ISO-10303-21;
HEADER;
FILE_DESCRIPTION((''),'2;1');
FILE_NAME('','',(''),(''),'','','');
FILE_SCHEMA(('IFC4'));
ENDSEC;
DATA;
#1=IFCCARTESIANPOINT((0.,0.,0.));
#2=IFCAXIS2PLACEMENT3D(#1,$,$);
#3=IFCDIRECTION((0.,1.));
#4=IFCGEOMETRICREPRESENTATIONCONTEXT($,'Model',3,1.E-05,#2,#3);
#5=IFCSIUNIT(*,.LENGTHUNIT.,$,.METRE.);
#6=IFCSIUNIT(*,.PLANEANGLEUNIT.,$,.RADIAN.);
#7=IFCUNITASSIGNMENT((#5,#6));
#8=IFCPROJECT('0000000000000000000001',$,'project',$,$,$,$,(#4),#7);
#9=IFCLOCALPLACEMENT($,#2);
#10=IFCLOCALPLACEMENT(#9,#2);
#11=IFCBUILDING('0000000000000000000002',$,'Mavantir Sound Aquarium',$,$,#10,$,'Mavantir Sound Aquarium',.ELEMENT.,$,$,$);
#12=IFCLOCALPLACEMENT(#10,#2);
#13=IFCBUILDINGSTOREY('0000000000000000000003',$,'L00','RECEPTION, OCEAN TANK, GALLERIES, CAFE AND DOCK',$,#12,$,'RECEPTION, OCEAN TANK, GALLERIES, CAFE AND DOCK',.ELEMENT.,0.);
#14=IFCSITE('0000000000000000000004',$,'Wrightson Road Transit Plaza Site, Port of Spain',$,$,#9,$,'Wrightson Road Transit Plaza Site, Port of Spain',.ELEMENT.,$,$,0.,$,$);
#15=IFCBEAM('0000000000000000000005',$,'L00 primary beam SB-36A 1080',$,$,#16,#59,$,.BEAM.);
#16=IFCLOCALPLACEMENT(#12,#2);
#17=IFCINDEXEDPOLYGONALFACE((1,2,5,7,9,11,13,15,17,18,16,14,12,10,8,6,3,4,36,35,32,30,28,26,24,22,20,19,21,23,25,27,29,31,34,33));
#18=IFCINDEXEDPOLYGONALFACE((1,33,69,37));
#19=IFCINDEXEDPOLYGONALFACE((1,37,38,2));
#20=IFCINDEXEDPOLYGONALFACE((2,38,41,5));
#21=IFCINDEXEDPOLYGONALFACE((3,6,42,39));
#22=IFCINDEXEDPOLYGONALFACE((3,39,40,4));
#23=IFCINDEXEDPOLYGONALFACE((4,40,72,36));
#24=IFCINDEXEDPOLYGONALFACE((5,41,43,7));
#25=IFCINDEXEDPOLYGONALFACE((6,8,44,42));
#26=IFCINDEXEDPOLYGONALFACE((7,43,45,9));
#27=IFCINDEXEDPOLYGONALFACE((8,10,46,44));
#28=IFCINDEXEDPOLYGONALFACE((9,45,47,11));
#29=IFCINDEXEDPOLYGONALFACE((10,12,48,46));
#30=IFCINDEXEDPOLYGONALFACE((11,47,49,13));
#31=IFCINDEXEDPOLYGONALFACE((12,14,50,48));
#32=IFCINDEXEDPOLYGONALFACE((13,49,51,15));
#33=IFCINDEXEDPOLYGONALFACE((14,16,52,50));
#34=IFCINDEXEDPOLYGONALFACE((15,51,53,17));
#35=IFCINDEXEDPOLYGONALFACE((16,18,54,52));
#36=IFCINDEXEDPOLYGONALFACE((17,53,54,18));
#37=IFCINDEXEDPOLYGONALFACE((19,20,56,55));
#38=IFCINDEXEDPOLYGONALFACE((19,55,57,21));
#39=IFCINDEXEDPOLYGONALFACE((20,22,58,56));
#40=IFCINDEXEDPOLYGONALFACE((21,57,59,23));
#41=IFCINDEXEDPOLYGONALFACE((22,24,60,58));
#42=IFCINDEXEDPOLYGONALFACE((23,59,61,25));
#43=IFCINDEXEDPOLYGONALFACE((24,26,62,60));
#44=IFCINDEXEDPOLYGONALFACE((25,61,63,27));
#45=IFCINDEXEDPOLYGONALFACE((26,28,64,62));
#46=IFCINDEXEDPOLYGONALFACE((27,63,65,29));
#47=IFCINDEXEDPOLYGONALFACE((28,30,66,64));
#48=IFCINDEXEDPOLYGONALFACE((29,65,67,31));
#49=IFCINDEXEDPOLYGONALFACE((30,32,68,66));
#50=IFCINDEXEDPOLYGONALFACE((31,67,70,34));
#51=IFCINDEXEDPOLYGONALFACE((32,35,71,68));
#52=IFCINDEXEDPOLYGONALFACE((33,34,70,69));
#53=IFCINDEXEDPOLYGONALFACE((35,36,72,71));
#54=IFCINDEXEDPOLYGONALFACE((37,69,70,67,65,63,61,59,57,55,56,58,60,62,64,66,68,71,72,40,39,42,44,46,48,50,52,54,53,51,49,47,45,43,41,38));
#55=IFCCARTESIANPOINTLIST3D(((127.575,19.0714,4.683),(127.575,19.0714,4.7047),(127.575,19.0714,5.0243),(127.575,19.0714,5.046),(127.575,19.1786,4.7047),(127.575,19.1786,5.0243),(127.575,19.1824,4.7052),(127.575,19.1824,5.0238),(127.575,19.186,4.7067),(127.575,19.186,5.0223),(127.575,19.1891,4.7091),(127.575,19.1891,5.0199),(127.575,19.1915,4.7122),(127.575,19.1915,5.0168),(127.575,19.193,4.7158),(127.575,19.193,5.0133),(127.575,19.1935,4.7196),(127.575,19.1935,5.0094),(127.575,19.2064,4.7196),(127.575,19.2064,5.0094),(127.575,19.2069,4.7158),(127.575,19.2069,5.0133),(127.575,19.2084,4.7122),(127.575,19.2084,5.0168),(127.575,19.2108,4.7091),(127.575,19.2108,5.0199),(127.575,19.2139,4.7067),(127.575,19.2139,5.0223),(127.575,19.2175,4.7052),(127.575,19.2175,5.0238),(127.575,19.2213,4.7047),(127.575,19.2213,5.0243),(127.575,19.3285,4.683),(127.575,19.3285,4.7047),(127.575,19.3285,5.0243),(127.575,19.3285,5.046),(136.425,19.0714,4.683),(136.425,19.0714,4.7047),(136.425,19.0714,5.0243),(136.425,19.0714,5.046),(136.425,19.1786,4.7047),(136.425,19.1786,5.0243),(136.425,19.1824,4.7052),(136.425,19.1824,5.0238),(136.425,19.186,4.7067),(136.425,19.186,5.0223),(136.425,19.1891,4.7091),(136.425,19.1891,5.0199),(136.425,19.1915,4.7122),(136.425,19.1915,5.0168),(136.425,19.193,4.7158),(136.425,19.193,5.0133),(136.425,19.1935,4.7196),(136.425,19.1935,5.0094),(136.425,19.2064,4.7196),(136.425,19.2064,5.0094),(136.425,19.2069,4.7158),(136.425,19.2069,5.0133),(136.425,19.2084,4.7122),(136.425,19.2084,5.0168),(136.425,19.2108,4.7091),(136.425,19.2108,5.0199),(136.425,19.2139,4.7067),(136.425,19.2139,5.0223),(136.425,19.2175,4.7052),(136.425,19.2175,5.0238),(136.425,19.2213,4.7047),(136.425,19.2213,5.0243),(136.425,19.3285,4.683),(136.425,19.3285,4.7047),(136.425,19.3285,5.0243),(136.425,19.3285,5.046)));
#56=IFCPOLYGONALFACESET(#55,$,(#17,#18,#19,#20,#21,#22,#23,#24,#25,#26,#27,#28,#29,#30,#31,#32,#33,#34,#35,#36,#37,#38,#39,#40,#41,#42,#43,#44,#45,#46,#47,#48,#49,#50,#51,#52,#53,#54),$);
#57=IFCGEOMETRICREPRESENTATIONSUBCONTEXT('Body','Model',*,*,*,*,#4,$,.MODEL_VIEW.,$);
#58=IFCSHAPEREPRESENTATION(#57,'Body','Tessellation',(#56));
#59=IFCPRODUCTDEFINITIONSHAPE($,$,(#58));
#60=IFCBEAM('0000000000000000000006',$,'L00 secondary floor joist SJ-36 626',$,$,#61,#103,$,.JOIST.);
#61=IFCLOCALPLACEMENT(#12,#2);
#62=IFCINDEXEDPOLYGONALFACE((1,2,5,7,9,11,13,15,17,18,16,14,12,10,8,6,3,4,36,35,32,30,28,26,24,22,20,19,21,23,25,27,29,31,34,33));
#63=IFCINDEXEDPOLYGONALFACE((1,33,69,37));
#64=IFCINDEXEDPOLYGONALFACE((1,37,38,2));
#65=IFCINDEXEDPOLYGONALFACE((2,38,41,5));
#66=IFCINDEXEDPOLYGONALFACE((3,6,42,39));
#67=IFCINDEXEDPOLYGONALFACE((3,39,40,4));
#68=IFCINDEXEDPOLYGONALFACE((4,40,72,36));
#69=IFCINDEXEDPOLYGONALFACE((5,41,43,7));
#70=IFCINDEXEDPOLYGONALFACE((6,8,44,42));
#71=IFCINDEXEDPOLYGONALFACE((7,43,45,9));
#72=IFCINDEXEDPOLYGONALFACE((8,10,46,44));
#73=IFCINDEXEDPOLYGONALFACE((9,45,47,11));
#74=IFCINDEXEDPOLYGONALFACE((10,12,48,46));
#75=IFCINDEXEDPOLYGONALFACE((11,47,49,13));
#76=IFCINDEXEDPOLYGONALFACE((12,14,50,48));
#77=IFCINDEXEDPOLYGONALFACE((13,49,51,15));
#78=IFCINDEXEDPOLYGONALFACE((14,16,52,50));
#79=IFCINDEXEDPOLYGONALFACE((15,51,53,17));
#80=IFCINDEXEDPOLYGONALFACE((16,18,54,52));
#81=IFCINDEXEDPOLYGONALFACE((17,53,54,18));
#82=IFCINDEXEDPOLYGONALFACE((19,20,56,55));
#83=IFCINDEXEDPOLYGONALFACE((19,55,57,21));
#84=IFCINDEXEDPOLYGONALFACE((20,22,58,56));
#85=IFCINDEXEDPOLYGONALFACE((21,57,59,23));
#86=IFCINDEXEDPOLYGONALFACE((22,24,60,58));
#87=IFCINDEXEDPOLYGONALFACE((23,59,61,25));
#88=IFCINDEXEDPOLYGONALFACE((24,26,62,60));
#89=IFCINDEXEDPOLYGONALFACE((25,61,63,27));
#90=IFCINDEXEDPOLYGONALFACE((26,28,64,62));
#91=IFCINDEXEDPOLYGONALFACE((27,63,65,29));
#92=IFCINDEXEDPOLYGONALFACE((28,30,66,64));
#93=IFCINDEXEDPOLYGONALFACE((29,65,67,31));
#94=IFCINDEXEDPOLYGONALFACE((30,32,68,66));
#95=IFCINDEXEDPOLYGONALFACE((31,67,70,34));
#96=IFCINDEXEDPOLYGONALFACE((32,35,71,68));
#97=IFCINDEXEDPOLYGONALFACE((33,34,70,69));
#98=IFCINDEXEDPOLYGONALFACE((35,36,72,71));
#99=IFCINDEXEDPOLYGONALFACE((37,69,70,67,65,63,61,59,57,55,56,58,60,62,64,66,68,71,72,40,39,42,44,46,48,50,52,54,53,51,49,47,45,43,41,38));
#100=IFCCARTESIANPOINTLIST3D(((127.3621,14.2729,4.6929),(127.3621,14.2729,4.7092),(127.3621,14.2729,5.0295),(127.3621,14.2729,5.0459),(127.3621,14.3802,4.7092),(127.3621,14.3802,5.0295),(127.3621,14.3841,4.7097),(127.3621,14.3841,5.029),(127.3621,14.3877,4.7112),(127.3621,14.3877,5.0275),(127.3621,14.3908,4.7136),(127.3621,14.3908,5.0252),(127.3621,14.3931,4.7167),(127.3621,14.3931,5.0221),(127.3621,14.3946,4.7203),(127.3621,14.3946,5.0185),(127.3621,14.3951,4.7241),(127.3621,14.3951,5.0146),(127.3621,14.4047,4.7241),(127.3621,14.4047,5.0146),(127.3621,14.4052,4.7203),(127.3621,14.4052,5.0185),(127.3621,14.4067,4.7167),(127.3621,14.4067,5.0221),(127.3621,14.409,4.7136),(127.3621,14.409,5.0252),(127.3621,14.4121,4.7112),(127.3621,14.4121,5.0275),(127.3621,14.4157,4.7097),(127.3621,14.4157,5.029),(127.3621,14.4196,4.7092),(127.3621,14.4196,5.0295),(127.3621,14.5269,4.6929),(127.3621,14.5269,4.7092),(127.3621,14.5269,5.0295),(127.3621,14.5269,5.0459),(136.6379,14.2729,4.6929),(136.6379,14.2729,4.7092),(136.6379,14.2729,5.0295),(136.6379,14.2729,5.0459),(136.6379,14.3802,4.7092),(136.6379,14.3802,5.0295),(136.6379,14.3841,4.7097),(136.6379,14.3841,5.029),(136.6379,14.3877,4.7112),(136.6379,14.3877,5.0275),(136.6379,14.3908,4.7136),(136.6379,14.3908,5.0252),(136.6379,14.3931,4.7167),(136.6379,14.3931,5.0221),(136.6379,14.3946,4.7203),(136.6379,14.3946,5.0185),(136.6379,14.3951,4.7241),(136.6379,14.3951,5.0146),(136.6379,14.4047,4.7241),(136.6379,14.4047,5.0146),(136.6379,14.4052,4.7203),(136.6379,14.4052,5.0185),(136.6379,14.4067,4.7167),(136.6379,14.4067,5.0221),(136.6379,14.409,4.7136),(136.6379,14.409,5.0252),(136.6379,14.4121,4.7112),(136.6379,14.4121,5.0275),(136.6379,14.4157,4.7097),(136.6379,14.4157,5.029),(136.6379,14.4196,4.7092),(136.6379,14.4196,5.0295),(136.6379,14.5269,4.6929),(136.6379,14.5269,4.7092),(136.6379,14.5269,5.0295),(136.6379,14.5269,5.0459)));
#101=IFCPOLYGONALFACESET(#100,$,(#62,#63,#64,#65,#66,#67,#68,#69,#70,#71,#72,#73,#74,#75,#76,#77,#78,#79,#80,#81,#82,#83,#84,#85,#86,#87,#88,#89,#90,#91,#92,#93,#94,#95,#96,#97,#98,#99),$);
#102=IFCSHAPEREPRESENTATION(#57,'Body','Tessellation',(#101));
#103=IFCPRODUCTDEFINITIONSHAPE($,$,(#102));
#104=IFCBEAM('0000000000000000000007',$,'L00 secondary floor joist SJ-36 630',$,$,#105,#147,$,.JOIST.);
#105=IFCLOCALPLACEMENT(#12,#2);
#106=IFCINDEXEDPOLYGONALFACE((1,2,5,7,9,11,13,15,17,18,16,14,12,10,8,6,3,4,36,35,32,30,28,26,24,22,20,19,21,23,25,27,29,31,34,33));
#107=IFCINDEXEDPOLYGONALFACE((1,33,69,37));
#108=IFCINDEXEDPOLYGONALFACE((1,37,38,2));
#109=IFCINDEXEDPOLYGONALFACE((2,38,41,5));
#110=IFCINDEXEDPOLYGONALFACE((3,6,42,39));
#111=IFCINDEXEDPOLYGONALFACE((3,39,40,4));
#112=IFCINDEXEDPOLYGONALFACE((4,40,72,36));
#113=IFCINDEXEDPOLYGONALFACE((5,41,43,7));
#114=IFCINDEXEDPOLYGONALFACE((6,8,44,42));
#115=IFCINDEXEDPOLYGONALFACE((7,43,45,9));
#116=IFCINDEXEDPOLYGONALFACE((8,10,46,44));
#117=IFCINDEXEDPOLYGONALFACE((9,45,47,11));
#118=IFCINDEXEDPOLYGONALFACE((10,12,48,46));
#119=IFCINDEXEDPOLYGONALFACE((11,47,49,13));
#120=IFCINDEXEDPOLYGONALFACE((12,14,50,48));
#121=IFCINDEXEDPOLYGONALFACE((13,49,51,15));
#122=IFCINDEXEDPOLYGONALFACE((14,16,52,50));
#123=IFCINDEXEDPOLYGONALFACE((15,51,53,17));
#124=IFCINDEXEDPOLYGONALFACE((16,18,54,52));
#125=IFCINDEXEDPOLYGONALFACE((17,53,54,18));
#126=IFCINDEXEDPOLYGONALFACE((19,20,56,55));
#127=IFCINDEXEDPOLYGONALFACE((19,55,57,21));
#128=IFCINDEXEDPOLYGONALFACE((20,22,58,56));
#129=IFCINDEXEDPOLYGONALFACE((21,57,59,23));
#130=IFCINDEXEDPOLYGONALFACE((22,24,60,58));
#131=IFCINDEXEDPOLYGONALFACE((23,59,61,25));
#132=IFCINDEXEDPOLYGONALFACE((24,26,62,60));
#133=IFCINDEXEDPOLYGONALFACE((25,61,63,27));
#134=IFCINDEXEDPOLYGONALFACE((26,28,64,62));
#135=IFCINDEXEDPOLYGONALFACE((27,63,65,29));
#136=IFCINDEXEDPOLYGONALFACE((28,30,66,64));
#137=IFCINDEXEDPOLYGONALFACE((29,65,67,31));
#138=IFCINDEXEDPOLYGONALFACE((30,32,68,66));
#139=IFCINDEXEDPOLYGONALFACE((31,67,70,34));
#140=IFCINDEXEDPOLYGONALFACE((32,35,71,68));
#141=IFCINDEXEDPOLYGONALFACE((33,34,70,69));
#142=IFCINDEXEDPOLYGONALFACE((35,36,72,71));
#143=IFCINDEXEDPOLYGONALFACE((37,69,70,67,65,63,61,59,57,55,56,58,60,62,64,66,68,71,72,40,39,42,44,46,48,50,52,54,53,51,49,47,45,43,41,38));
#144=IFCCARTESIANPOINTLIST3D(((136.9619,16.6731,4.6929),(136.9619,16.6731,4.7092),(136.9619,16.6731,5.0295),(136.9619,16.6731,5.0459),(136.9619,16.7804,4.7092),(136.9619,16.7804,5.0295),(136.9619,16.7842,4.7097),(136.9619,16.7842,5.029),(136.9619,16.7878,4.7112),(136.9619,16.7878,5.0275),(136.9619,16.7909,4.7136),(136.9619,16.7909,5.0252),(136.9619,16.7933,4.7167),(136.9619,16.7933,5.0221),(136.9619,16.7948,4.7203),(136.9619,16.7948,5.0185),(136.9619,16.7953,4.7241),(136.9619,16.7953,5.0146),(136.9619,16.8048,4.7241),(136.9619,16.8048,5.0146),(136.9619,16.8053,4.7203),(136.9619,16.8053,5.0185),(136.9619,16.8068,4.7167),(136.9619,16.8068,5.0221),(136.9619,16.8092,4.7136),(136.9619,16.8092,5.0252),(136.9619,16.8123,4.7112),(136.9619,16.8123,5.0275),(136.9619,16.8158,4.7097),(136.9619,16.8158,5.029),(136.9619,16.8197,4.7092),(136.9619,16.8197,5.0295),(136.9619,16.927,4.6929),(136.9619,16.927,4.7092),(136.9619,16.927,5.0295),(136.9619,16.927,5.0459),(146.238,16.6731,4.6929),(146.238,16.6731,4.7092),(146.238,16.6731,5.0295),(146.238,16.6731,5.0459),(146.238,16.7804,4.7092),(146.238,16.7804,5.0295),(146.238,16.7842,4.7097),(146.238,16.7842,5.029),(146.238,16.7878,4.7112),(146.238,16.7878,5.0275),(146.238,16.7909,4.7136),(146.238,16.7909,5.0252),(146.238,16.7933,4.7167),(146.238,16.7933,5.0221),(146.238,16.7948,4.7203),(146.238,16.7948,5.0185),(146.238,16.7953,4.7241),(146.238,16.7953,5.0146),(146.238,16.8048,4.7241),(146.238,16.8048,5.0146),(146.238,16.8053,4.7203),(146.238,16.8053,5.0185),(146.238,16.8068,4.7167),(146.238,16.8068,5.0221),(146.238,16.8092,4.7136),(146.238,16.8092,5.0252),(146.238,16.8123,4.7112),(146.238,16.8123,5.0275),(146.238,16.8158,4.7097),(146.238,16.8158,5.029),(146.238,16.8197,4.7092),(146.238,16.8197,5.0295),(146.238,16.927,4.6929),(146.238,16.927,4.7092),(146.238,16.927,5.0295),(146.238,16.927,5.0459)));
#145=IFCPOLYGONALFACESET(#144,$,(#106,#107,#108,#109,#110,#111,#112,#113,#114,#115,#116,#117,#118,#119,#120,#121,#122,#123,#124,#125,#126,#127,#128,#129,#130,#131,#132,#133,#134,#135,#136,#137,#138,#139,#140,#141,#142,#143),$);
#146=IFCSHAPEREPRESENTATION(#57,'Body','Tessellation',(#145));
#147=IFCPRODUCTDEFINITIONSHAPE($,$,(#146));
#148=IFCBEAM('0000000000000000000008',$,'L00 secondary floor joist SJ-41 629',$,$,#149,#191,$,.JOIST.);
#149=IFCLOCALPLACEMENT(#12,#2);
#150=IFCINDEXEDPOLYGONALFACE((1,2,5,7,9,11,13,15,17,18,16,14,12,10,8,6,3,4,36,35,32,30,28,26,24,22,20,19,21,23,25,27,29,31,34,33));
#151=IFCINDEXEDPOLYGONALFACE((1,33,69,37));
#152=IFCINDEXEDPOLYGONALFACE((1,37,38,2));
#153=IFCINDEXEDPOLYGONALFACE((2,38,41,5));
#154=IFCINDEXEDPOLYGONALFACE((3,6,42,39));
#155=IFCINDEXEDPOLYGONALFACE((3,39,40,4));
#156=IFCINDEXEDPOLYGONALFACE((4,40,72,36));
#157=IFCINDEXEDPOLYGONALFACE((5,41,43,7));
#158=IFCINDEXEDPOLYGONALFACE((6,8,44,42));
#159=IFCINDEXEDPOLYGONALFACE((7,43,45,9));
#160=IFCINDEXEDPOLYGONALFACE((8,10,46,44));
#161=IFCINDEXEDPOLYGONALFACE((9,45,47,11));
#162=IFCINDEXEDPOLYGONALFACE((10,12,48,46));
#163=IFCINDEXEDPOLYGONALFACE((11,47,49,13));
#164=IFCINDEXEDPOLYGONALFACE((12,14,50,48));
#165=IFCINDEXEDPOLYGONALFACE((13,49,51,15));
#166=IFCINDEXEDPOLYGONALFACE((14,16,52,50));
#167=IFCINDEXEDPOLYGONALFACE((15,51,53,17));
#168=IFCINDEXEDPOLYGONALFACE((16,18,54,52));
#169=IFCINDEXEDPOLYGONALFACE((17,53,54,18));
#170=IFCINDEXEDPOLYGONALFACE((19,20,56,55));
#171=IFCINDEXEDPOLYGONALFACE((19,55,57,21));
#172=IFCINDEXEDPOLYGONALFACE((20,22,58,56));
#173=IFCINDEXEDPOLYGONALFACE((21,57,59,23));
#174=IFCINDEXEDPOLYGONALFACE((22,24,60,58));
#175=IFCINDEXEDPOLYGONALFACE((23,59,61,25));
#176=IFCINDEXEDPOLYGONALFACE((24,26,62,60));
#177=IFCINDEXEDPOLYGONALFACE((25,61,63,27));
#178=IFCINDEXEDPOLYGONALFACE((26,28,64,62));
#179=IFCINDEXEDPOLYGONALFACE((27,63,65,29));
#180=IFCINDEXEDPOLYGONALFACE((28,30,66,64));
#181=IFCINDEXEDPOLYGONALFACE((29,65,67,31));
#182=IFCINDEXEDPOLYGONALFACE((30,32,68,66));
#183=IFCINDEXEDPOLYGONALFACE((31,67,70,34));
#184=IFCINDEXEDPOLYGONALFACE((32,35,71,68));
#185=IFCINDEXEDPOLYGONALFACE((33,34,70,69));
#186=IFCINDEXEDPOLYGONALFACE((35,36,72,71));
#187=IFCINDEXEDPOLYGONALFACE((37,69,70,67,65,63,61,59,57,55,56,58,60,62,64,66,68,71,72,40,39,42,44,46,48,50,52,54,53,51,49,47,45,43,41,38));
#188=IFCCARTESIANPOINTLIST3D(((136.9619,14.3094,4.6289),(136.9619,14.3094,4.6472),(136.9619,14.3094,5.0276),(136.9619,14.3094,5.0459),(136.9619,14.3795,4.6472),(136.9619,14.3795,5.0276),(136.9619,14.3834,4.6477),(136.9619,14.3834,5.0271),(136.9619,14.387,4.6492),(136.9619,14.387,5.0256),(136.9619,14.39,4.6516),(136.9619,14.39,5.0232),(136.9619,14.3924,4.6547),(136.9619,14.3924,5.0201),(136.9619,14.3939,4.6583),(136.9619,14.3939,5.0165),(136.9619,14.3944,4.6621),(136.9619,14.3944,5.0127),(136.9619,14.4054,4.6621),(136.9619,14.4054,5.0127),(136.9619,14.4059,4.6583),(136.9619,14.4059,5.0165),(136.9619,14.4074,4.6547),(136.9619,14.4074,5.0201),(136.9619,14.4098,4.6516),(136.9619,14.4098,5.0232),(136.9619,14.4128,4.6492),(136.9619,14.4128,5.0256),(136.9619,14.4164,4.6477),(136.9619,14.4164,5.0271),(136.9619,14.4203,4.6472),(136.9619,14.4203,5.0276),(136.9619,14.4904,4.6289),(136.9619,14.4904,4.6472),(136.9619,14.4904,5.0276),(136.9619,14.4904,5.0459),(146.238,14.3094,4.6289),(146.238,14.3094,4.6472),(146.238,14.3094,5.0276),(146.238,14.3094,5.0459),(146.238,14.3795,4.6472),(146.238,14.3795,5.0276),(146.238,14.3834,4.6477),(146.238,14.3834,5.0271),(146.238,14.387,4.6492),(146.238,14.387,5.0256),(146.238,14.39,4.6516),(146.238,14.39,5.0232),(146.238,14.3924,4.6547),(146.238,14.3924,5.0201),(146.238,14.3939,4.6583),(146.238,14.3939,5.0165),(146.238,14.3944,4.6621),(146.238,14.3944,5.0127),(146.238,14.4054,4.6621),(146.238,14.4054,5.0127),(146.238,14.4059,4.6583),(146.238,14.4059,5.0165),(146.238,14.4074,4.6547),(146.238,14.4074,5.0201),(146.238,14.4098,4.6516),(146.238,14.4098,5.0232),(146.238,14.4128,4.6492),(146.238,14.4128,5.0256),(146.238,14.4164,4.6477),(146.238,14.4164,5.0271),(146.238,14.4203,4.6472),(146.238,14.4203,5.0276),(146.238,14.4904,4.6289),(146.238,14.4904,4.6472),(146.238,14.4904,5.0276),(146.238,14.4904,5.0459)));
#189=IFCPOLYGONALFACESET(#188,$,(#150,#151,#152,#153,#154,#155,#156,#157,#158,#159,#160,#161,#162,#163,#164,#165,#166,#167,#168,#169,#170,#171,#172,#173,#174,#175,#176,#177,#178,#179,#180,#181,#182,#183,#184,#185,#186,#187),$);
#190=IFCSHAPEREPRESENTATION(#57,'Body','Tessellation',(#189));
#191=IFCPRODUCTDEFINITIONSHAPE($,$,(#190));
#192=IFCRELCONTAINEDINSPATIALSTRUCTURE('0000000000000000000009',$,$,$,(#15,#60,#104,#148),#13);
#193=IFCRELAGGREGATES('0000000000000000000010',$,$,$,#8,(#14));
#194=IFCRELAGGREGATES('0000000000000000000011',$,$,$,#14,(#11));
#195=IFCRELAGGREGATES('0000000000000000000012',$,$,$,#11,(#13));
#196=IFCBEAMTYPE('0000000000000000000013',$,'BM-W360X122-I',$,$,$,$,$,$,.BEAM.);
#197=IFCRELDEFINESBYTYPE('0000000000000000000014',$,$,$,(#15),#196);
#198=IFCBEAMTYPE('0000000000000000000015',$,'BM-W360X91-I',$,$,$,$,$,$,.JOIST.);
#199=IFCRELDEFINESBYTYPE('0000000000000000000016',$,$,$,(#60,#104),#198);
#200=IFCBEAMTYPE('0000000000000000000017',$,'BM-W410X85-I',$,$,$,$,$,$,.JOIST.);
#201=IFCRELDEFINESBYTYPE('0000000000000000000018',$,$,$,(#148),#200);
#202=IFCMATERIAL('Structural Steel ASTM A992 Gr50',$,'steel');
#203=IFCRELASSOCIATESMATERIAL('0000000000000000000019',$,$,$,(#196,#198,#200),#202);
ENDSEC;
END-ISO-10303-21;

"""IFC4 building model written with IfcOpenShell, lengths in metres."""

from ifc_helpers import new_model, si_unit, direction, frame, origin, origin_2d, place, context, subcontext, project, spatial, i_section, extrude, material, material_profile, profile_set, type_object, element, save


model = new_model("IFC4")

# Units and contexts
model_context = context("Model", 3, precision=1e-05, world=origin(), true_north=direction((0.0, 1.0)))
body_context = subcontext(model_context, "Body", "Model", "MODEL_VIEW")
ifc_project = project(units=[si_unit("LENGTHUNIT", "METRE"), si_unit("PLANEANGLEUNIT", "RADIAN")], contexts=[model_context])

# Site, building, storey
site_placement = place(None, origin())
site = spatial("IfcSite", under=ifc_project, at=site_placement, Name="Wrightson Road Transit Plaza Site, Port of Spain", LongName="Wrightson Road Transit Plaza Site, Port of Spain", CompositionType="ELEMENT", RefElevation=0.0)
building_placement = place(site_placement, origin())
building = spatial("IfcBuilding", under=site, at=building_placement, Name="Mavantir Sound Aquarium", LongName="Mavantir Sound Aquarium", CompositionType="ELEMENT")
storey_placement = place(building_placement, origin())
storey = spatial("IfcBuildingStorey", under=building, at=storey_placement, Name="L00", Description="RECEPTION, OCEAN TANK, GALLERIES, CAFE AND DOCK", LongName="RECEPTION, OCEAN TANK, GALLERIES, CAFE AND DOCK", CompositionType="ELEMENT", Elevation=0.0)

# Beams
ifc_material_1 = material(Name="Structural Steel ASTM A992 Gr50", Category="steel")
ifc_material_profile_1 = material_profile(ifc_material_1, i_section(OverallWidth=0.2571, OverallDepth=0.363, WebThickness=0.0129, FlangeThickness=0.0217, FilletRadius=0.0149, at=origin_2d()), Name="W360X122")
ifc_profile_set_1 = profile_set([ifc_material_profile_1], Name="Structural Steel ASTM A992 Gr50")
beam_type_1 = type_object("IfcBeamType", Name="BM-W360X122-I", PredefinedType="BEAM", material=ifc_profile_set_1)
beam_1_placement = place(storey_placement, frame((127.575, 19.2, 4.8645), z_axis=(1.0, 0.0, 0.0), x_axis=(0.0, 1.0, 0.0)))
element("IfcBeam", 1, at=beam_1_placement, inside=storey, type_object=beam_type_1, Name="L00 primary beam SB-36A 1080", PredefinedType="BEAM", context=body_context, shape_type="SweptSolid", body=[
    extrude(i_section(OverallWidth=0.2571, OverallDepth=0.363, WebThickness=0.0129, FlangeThickness=0.0217, FilletRadius=0.0149, at=origin_2d()), origin(), (0.0, 0.0, 1.0), 8.8501),
])
ifc_material_profile_2 = material_profile(ifc_material_1, i_section(OverallWidth=0.2539, OverallDepth=0.353, WebThickness=0.0095, FlangeThickness=0.0164, FilletRadius=0.0149, at=origin_2d()), Name="W360X91")
ifc_profile_set_2 = profile_set([ifc_material_profile_2], Name="Structural Steel ASTM A992 Gr50")
beam_type_2 = type_object("IfcBeamType", Name="BM-W360X91-I", PredefinedType="JOIST", material=ifc_profile_set_2)
beam_2_placement = place(storey_placement, frame((127.3621, 14.3999, 4.8694), z_axis=(1.0, 0.0, 0.0), x_axis=(0.0, 1.0, 0.0)))
element("IfcBeam", 2, at=beam_2_placement, inside=storey, type_object=beam_type_2, Name="L00 secondary floor joist SJ-36 626", PredefinedType="JOIST", context=body_context, shape_type="SweptSolid", body=[
    extrude(i_section(OverallWidth=0.2539, OverallDepth=0.353, WebThickness=0.0095, FlangeThickness=0.0164, FilletRadius=0.0149, at=origin_2d()), origin(), (0.0, 0.0, 1.0), 9.2759),
])
beam_3_placement = place(storey_placement, frame((136.9619, 16.8, 4.8694), z_axis=(1.0, 0.0, 0.0), x_axis=(0.0, 1.0, 0.0)))
element("IfcBeam", 3, at=beam_3_placement, inside=storey, type_object=beam_type_2, Name="L00 secondary floor joist SJ-36 630", PredefinedType="JOIST", context=body_context, shape_type="SweptSolid", body=[
    extrude(i_section(OverallWidth=0.2539, OverallDepth=0.353, WebThickness=0.0095, FlangeThickness=0.0164, FilletRadius=0.0149, at=origin_2d()), origin(), (0.0, 0.0, 1.0), 9.2761),
])
ifc_material_profile_3 = material_profile(ifc_material_1, i_section(OverallWidth=0.1809, OverallDepth=0.417, WebThickness=0.011, FlangeThickness=0.0183, FilletRadius=0.0149, at=origin_2d()), Name="W410X85")
ifc_profile_set_3 = profile_set([ifc_material_profile_3], Name="Structural Steel ASTM A992 Gr50")
beam_type_3 = type_object("IfcBeamType", Name="BM-W410X85-I", PredefinedType="JOIST", material=ifc_profile_set_3)
beam_4_placement = place(storey_placement, frame((136.9619, 14.3999, 4.8374), z_axis=(1.0, 0.0, 0.0), x_axis=(0.0, 1.0, 0.0)))
element("IfcBeam", 4, at=beam_4_placement, inside=storey, type_object=beam_type_3, Name="L00 secondary floor joist SJ-41 629", PredefinedType="JOIST", context=body_context, shape_type="SweptSolid", body=[
    extrude(i_section(OverallWidth=0.1809, OverallDepth=0.417, WebThickness=0.011, FlangeThickness=0.0183, FilletRadius=0.0149, at=origin_2d()), origin(), (0.0, 0.0, 1.0), 9.2761),
])

save(model, "model.ifc")
